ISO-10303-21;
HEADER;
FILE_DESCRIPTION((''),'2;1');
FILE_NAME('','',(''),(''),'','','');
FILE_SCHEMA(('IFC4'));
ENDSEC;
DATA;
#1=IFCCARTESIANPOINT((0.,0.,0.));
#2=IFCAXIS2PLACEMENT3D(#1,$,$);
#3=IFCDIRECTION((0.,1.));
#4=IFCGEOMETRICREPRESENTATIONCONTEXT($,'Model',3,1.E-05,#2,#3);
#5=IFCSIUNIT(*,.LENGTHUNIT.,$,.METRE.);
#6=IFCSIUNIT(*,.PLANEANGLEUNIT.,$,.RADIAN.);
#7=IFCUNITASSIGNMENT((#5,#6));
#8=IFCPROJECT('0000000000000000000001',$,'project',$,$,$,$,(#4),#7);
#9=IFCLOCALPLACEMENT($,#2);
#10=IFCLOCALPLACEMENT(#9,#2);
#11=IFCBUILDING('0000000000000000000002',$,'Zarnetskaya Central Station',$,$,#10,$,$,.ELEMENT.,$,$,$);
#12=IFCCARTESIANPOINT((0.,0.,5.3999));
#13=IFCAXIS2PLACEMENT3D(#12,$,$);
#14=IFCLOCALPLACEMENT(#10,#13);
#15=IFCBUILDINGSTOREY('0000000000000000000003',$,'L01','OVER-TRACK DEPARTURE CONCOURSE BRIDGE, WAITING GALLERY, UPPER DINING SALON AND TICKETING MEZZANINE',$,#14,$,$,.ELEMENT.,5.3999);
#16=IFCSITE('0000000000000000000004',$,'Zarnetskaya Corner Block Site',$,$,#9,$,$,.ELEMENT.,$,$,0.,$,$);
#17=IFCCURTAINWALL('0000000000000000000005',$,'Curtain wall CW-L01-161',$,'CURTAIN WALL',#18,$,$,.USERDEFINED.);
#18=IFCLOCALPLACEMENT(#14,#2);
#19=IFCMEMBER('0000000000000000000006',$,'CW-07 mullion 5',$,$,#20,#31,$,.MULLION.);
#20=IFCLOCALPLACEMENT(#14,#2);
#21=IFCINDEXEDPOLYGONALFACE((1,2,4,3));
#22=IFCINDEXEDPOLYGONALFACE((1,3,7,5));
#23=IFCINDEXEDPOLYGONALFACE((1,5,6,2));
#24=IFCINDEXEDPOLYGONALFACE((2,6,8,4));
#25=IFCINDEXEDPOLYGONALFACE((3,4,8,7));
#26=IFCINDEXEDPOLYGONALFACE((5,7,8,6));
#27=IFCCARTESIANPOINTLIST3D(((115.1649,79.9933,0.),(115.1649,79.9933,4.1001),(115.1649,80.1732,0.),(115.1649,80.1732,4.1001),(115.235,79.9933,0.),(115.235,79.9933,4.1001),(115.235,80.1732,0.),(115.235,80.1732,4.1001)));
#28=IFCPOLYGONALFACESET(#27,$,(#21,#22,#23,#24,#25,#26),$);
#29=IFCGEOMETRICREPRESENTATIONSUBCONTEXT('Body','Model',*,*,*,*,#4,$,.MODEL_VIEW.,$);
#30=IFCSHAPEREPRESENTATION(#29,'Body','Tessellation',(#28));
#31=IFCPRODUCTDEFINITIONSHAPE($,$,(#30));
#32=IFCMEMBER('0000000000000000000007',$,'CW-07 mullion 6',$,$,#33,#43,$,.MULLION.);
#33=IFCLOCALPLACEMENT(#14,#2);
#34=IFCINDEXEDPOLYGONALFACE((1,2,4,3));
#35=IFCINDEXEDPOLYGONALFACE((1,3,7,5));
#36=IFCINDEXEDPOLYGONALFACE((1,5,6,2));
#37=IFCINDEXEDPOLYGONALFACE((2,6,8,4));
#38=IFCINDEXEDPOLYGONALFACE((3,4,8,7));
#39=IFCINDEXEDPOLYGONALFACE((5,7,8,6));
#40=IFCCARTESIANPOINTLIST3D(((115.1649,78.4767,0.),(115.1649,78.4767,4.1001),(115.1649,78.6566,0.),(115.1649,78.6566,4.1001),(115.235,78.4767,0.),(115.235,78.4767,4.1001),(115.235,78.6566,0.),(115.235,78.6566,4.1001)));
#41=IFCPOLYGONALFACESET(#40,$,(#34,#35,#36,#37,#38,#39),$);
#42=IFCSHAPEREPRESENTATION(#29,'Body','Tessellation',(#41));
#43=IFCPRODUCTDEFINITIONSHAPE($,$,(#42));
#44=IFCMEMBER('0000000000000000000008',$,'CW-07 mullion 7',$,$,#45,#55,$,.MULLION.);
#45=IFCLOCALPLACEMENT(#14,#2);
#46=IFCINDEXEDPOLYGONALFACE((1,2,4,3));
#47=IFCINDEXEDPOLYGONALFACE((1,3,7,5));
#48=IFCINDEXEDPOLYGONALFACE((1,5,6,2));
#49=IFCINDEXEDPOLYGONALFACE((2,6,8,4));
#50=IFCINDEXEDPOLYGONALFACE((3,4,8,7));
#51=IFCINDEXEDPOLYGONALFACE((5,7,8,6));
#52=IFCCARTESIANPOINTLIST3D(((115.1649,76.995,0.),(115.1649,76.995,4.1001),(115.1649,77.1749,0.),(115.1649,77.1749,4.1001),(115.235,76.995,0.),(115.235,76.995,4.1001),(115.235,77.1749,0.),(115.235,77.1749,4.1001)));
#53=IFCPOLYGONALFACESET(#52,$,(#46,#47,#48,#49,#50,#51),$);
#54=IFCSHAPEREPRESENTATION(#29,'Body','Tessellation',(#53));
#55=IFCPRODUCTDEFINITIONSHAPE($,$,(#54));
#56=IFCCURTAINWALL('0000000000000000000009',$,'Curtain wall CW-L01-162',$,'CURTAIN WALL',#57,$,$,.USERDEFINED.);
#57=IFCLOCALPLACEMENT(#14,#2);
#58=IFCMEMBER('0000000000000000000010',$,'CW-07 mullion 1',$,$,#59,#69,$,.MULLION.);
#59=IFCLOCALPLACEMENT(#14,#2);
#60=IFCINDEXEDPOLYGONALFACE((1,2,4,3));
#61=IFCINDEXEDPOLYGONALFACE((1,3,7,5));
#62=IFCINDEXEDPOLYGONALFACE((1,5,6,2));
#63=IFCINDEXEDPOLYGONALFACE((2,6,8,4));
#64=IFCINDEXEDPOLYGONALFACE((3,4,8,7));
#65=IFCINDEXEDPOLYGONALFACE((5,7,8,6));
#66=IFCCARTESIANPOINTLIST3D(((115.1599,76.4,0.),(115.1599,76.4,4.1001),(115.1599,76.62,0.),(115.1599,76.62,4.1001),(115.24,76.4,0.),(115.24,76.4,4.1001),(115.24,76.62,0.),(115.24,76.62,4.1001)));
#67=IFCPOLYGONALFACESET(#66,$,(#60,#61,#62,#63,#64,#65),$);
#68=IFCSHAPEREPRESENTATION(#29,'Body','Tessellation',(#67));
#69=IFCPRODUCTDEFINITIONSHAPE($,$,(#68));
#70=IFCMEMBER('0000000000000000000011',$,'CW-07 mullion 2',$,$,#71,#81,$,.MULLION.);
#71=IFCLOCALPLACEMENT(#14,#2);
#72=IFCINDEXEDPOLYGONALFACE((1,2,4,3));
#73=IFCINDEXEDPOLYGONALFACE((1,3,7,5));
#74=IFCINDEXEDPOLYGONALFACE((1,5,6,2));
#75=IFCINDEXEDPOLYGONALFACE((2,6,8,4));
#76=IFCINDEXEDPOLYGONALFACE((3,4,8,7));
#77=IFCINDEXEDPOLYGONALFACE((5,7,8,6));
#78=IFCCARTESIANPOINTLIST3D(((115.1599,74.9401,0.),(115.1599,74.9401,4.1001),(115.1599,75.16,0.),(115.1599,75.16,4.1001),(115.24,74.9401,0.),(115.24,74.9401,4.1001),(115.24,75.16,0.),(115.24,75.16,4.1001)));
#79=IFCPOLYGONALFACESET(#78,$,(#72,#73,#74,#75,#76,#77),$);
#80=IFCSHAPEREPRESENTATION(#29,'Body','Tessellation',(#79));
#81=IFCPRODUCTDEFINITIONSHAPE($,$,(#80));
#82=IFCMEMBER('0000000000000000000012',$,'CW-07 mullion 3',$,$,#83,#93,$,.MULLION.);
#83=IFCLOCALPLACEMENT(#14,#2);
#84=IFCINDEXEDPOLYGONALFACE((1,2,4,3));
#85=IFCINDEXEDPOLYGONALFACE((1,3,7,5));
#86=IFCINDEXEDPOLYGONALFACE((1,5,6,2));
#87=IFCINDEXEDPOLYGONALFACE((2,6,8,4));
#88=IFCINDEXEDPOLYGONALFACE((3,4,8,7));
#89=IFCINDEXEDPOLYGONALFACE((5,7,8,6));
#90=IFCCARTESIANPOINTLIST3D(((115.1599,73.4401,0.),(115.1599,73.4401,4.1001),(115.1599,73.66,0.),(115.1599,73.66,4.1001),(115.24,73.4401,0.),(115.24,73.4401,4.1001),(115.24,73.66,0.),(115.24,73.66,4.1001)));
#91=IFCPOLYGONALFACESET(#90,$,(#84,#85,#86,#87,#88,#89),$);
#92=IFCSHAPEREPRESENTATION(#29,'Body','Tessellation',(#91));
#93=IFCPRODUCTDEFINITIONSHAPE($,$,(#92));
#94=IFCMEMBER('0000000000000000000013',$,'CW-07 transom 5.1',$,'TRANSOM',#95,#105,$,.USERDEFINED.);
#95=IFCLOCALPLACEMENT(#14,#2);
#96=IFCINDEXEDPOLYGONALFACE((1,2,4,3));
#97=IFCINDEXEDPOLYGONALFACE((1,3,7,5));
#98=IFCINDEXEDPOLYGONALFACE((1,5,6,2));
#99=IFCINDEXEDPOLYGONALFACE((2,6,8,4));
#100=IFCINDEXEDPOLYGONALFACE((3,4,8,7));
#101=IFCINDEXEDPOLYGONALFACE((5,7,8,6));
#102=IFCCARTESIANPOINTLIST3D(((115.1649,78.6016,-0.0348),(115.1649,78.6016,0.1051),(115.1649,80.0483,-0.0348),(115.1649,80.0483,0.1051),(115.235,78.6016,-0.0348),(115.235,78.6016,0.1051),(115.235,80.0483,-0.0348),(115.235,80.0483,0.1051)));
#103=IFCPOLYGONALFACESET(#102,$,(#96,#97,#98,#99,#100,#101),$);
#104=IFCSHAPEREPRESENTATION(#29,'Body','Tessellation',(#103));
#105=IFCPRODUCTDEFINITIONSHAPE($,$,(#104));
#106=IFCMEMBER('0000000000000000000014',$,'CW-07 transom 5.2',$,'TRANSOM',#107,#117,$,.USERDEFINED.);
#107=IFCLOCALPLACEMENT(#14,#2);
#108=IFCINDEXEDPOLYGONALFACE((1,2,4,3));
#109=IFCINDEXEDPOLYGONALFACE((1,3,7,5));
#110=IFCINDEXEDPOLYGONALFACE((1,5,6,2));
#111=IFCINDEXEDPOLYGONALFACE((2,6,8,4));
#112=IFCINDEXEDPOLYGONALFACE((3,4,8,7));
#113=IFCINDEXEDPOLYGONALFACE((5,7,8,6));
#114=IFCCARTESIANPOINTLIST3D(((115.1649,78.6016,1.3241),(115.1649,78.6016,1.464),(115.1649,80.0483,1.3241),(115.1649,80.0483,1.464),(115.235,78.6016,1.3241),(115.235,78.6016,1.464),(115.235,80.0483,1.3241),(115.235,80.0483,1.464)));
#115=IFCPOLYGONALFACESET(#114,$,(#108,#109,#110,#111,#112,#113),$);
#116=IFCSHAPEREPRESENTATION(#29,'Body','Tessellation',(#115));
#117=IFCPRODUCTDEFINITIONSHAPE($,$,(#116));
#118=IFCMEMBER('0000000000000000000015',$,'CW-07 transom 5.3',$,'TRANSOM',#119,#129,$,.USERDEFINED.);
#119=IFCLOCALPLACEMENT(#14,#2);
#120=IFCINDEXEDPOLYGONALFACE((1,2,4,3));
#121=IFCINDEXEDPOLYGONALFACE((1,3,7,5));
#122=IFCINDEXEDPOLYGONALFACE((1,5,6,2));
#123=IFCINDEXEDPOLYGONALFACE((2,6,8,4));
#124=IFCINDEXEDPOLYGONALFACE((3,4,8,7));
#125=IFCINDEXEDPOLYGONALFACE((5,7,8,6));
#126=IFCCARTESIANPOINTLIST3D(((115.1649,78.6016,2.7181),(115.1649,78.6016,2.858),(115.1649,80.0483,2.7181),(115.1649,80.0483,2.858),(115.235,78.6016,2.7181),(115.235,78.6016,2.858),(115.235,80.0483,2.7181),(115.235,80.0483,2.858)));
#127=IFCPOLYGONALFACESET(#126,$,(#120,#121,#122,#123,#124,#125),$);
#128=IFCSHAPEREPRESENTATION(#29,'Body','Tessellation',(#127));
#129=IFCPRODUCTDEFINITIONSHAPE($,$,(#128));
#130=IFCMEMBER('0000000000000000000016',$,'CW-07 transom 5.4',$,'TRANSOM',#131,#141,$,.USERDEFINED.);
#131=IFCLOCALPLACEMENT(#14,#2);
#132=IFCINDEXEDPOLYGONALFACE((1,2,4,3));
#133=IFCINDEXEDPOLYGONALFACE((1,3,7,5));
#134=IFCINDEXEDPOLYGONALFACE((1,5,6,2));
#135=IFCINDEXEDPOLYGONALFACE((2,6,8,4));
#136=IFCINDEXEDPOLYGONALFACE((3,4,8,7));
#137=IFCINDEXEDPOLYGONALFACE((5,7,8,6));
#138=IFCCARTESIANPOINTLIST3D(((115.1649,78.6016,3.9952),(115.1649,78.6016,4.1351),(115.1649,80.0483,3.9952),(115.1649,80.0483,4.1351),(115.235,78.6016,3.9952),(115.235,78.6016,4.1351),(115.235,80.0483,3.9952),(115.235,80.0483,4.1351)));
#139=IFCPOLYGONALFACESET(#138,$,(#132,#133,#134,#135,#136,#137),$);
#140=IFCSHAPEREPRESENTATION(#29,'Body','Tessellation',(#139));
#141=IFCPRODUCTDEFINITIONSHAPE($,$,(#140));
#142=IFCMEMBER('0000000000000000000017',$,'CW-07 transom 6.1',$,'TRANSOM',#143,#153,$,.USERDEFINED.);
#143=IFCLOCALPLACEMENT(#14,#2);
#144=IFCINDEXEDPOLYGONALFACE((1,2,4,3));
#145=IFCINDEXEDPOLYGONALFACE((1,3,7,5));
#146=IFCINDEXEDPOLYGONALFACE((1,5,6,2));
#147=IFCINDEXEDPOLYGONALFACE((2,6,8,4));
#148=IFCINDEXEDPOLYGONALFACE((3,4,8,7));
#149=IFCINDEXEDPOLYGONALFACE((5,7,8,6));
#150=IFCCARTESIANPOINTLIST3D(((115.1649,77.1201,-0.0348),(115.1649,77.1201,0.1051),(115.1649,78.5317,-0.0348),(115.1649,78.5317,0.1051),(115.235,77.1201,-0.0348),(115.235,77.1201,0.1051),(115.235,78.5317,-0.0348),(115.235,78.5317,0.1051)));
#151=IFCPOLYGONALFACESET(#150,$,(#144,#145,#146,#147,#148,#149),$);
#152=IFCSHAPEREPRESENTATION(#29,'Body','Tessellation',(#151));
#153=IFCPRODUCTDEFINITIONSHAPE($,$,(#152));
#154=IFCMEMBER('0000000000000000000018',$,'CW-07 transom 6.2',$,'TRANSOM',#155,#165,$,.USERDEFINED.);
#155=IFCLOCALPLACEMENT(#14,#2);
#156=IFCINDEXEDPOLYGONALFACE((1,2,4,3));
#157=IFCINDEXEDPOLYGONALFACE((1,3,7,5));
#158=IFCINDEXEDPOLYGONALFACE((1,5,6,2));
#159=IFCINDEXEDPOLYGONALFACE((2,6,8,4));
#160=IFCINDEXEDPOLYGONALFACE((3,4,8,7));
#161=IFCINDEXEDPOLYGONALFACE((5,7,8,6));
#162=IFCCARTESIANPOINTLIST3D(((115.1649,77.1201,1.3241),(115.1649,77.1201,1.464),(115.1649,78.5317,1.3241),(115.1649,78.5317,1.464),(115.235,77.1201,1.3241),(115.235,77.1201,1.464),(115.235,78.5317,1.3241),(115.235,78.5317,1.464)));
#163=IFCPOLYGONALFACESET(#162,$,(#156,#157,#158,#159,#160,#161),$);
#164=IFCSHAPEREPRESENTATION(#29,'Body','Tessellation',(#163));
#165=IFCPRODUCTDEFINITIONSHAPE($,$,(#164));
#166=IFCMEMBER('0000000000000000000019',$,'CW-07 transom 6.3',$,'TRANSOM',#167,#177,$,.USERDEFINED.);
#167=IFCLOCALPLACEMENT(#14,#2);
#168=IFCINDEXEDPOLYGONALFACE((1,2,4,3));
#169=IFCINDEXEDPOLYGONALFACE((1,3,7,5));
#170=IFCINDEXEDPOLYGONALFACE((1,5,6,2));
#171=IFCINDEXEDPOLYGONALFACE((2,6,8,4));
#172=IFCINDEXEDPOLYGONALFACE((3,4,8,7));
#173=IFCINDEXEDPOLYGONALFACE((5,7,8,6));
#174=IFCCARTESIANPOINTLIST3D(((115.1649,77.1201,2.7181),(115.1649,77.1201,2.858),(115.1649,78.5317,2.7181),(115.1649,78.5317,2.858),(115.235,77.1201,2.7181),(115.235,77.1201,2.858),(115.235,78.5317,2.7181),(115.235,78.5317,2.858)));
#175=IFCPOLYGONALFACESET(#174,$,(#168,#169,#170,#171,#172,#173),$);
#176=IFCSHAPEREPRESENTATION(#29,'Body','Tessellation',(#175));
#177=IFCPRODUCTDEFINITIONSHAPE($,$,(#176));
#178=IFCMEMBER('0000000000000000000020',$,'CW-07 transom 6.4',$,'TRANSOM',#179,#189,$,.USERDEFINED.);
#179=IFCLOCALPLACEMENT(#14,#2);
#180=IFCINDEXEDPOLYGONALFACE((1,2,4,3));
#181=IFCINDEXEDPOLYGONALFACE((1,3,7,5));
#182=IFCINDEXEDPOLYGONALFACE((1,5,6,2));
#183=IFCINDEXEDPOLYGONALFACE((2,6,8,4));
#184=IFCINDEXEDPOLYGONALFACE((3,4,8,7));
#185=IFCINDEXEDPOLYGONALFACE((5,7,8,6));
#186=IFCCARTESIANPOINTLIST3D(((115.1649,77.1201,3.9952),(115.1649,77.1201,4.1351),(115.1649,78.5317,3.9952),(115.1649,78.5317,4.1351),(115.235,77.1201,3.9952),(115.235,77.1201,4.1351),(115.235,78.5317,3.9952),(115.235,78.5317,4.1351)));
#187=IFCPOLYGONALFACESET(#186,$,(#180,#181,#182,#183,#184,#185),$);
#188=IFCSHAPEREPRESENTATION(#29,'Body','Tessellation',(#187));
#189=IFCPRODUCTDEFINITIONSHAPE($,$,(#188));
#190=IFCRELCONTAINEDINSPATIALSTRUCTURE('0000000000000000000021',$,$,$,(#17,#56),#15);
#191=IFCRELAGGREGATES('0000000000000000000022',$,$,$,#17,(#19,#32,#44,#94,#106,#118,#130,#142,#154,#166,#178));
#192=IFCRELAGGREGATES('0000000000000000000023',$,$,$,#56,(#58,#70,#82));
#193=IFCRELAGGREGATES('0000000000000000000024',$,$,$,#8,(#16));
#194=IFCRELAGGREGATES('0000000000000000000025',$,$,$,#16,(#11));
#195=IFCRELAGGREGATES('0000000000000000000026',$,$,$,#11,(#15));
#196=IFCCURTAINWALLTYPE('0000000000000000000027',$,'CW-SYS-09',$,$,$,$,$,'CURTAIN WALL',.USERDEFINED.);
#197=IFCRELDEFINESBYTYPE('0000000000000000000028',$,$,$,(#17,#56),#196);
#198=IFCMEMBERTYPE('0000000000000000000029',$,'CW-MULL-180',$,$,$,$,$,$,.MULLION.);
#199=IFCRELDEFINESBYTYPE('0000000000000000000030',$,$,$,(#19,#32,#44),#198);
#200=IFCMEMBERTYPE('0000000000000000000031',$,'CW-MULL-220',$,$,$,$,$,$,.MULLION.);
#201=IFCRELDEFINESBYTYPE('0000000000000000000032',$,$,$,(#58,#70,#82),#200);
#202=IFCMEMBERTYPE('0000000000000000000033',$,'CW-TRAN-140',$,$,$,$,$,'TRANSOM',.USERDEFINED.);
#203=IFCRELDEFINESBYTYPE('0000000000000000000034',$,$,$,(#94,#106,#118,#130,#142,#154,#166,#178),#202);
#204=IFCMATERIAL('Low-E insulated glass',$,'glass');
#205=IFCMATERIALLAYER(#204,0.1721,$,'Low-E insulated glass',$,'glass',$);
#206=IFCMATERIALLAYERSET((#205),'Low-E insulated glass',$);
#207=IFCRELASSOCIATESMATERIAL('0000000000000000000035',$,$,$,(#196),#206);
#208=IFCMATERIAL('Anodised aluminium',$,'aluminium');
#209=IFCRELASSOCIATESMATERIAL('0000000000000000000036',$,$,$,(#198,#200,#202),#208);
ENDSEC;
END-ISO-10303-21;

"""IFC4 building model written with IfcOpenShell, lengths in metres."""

from ifc_helpers import new_model, si_unit, direction, frame, origin, origin_2d, place, context, subcontext, project, spatial, rectangle, extrude, material, layer, layer_set, material_profile, profile_set, type_object, element, aggregate, save


model = new_model("IFC4")

# Units and contexts
model_context = context("Model", 3, precision=1e-05, world=origin(), true_north=direction((0.0, 1.0)))
body_context = subcontext(model_context, "Body", "Model", "MODEL_VIEW")
ifc_project = project(units=[si_unit("LENGTHUNIT", "METRE"), si_unit("PLANEANGLEUNIT", "RADIAN")], contexts=[model_context])

# Site, building, storey
site_placement = place(None, origin())
site = spatial("IfcSite", under=ifc_project, at=site_placement, Name="Zarnetskaya Corner Block Site", CompositionType="ELEMENT", RefElevation=0.0)
building_placement = place(site_placement, origin())
building = spatial("IfcBuilding", under=site, at=building_placement, Name="Zarnetskaya Central Station", CompositionType="ELEMENT")
storey_placement = place(building_placement, frame((0.0, 0.0, 5.3999)))
storey = spatial("IfcBuildingStorey", under=building, at=storey_placement, Name="L01", Description="OVER-TRACK DEPARTURE CONCOURSE BRIDGE, WAITING GALLERY, UPPER DINING SALON AND TICKETING MEZZANINE", CompositionType="ELEMENT", Elevation=5.3999)

# Curtain walls, members
ifc_material_1 = material(Name="Low-E insulated glass", Category="glass")
ifc_layer_1 = layer(ifc_material_1, 0.1721, Name="Low-E insulated glass", Category="glass")
ifc_layer_set_1 = layer_set([ifc_layer_1], Name="Low-E insulated glass")
curtain_wall_type = type_object("IfcCurtainWallType", Name="CW-SYS-09", ElementType="CURTAIN WALL", PredefinedType="USERDEFINED", material=ifc_layer_set_1)
curtain_wall_1_placement = place(storey_placement, origin())
curtain_wall_1 = element("IfcCurtainWall", 1, at=curtain_wall_1_placement, inside=storey, type_object=curtain_wall_type, Name="Curtain wall CW-L01-161", ObjectType="CURTAIN WALL", PredefinedType="USERDEFINED")
ifc_material_2 = material(Name="Anodised aluminium", Category="aluminium")
ifc_material_profile_1 = material_profile(ifc_material_2, rectangle(XDim=0.0701, YDim=0.1799, at=origin_2d()), Name="ALU MULL 70x180")
ifc_profile_set_1 = profile_set([ifc_material_profile_1], Name="Anodised aluminium")
member_type_1 = type_object("IfcMemberType", Name="CW-MULL-180", PredefinedType="MULLION", material=ifc_profile_set_1)
member_1_placement = place(storey_placement, frame((115.2, 80.0833, 0.0), z_axis=(0.0, 0.0, 1.0), x_axis=(1.0, 0.0, 0.0)))
member_1 = element("IfcMember", 2, at=member_1_placement, type_object=member_type_1, Name="CW-07 mullion 5", PredefinedType="MULLION", context=body_context, shape_type="SweptSolid", body=[
    extrude(rectangle(XDim=0.0701, YDim=0.1799, at=origin_2d()), origin(), (0.0, 0.0, 1.0), 4.1001),
])
member_2_placement = place(storey_placement, frame((115.2, 78.5667, 0.0), z_axis=(0.0, 0.0, 1.0), x_axis=(1.0, 0.0, 0.0)))
member_2 = element("IfcMember", 3, at=member_2_placement, type_object=member_type_1, Name="CW-07 mullion 6", PredefinedType="MULLION", context=body_context, shape_type="SweptSolid", body=[
    extrude(rectangle(XDim=0.0701, YDim=0.1799, at=origin_2d()), origin(), (0.0, 0.0, 1.0), 4.1001),
])
member_3_placement = place(storey_placement, frame((115.2, 77.085, 0.0), z_axis=(0.0, 0.0, 1.0), x_axis=(1.0, 0.0, 0.0)))
member_3 = element("IfcMember", 4, at=member_3_placement, type_object=member_type_1, Name="CW-07 mullion 7", PredefinedType="MULLION", context=body_context, shape_type="SweptSolid", body=[
    extrude(rectangle(XDim=0.0701, YDim=0.1799, at=origin_2d()), origin(), (0.0, 0.0, 1.0), 4.1001),
])
curtain_wall_2_placement = place(storey_placement, origin())
curtain_wall_2 = element("IfcCurtainWall", 5, at=curtain_wall_2_placement, inside=storey, type_object=curtain_wall_type, Name="Curtain wall CW-L01-162", ObjectType="CURTAIN WALL", PredefinedType="USERDEFINED")
ifc_material_profile_2 = material_profile(ifc_material_2, rectangle(XDim=0.0801, YDim=0.22, at=origin_2d()), Name="ALU MULL 80x220")
ifc_profile_set_2 = profile_set([ifc_material_profile_2], Name="Anodised aluminium")
member_type_2 = type_object("IfcMemberType", Name="CW-MULL-220", PredefinedType="MULLION", material=ifc_profile_set_2)
member_4_placement = place(storey_placement, frame((115.2, 76.51, 0.0), z_axis=(0.0, 0.0, 1.0), x_axis=(1.0, 0.0, 0.0)))
member_4 = element("IfcMember", 6, at=member_4_placement, type_object=member_type_2, Name="CW-07 mullion 1", PredefinedType="MULLION", context=body_context, shape_type="SweptSolid", body=[
    extrude(rectangle(XDim=0.0801, YDim=0.22, at=origin_2d()), origin(), (0.0, 0.0, 1.0), 4.1001),
])
member_5_placement = place(storey_placement, frame((115.2, 75.05, 0.0), z_axis=(0.0, 0.0, 1.0), x_axis=(1.0, 0.0, 0.0)))
member_5 = element("IfcMember", 7, at=member_5_placement, type_object=member_type_2, Name="CW-07 mullion 2", PredefinedType="MULLION", context=body_context, shape_type="SweptSolid", body=[
    extrude(rectangle(XDim=0.0801, YDim=0.22, at=origin_2d()), origin(), (0.0, 0.0, 1.0), 4.1001),
])
member_6_placement = place(storey_placement, frame((115.2, 73.55, 0.0), z_axis=(0.0, 0.0, 1.0), x_axis=(1.0, 0.0, 0.0)))
member_6 = element("IfcMember", 8, at=member_6_placement, type_object=member_type_2, Name="CW-07 mullion 3", PredefinedType="MULLION", context=body_context, shape_type="SweptSolid", body=[
    extrude(rectangle(XDim=0.0801, YDim=0.22, at=origin_2d()), origin(), (0.0, 0.0, 1.0), 4.1001),
])

# Members
ifc_material_profile_3 = material_profile(ifc_material_2, rectangle(XDim=0.0701, YDim=0.1399, at=origin_2d()), Name="ALU TRAN 70x140")
ifc_profile_set_3 = profile_set([ifc_material_profile_3], Name="Anodised aluminium")
member_type_3 = type_object("IfcMemberType", Name="CW-TRAN-140", ElementType="TRANSOM", PredefinedType="USERDEFINED", material=ifc_profile_set_3)
member_7_placement = place(storey_placement, frame((115.2, 80.0483, 0.0352), z_axis=(0.0, -1.0, 0.0), x_axis=(1.0, 0.0, 0.0)))
member_7 = element("IfcMember", 9, at=member_7_placement, type_object=member_type_3, Name="CW-07 transom 5.1", ObjectType="TRANSOM", PredefinedType="USERDEFINED", context=body_context, shape_type="SweptSolid", body=[
    extrude(rectangle(XDim=0.0701, YDim=0.1399, at=origin_2d()), origin(), (0.0, 0.0, 1.0), 1.4468),
])
member_8_placement = place(storey_placement, frame((115.2, 80.0483, 1.394), z_axis=(0.0, -1.0, 0.0), x_axis=(1.0, 0.0, 0.0)))
member_8 = element("IfcMember", 10, at=member_8_placement, type_object=member_type_3, Name="CW-07 transom 5.2", ObjectType="TRANSOM", PredefinedType="USERDEFINED", context=body_context, shape_type="SweptSolid", body=[
    extrude(rectangle(XDim=0.0701, YDim=0.1399, at=origin_2d()), origin(), (0.0, 0.0, 1.0), 1.4468),
])
member_9_placement = place(storey_placement, frame((115.2, 80.0483, 2.7881), z_axis=(0.0, -1.0, 0.0), x_axis=(1.0, 0.0, 0.0)))
member_9 = element("IfcMember", 11, at=member_9_placement, type_object=member_type_3, Name="CW-07 transom 5.3", ObjectType="TRANSOM", PredefinedType="USERDEFINED", context=body_context, shape_type="SweptSolid", body=[
    extrude(rectangle(XDim=0.0701, YDim=0.1399, at=origin_2d()), origin(), (0.0, 0.0, 1.0), 1.4468),
])
member_10_placement = place(storey_placement, frame((115.2, 80.0483, 4.0652), z_axis=(0.0, -1.0, 0.0), x_axis=(1.0, 0.0, 0.0)))
member_10 = element("IfcMember", 12, at=member_10_placement, type_object=member_type_3, Name="CW-07 transom 5.4", ObjectType="TRANSOM", PredefinedType="USERDEFINED", context=body_context, shape_type="SweptSolid", body=[
    extrude(rectangle(XDim=0.0701, YDim=0.1399, at=origin_2d()), origin(), (0.0, 0.0, 1.0), 1.4468),
])
member_11_placement = place(storey_placement, frame((115.2, 78.5317, 0.0352), z_axis=(0.0, -1.0, 0.0), x_axis=(1.0, 0.0, 0.0)))
member_11 = element("IfcMember", 13, at=member_11_placement, type_object=member_type_3, Name="CW-07 transom 6.1", ObjectType="TRANSOM", PredefinedType="USERDEFINED", context=body_context, shape_type="SweptSolid", body=[
    extrude(rectangle(XDim=0.0701, YDim=0.1399, at=origin_2d()), origin(), (0.0, 0.0, 1.0), 1.4116),
])
member_12_placement = place(storey_placement, frame((115.2, 78.5317, 1.394), z_axis=(0.0, -1.0, 0.0), x_axis=(1.0, 0.0, 0.0)))
member_12 = element("IfcMember", 14, at=member_12_placement, type_object=member_type_3, Name="CW-07 transom 6.2", ObjectType="TRANSOM", PredefinedType="USERDEFINED", context=body_context, shape_type="SweptSolid", body=[
    extrude(rectangle(XDim=0.0701, YDim=0.1399, at=origin_2d()), origin(), (0.0, 0.0, 1.0), 1.4116),
])
member_13_placement = place(storey_placement, frame((115.2, 78.5317, 2.7881), z_axis=(0.0, -1.0, 0.0), x_axis=(1.0, 0.0, 0.0)))
member_13 = element("IfcMember", 15, at=member_13_placement, type_object=member_type_3, Name="CW-07 transom 6.3", ObjectType="TRANSOM", PredefinedType="USERDEFINED", context=body_context, shape_type="SweptSolid", body=[
    extrude(rectangle(XDim=0.0701, YDim=0.1399, at=origin_2d()), origin(), (0.0, 0.0, 1.0), 1.4116),
])
member_14_placement = place(storey_placement, frame((115.2, 78.5317, 4.0652), z_axis=(0.0, -1.0, 0.0), x_axis=(1.0, 0.0, 0.0)))
member_14 = element("IfcMember", 16, at=member_14_placement, type_object=member_type_3, Name="CW-07 transom 6.4", ObjectType="TRANSOM", PredefinedType="USERDEFINED", context=body_context, shape_type="SweptSolid", body=[
    extrude(rectangle(XDim=0.0701, YDim=0.1399, at=origin_2d()), origin(), (0.0, 0.0, 1.0), 1.4116),
])

aggregate(curtain_wall_1, [member_1, member_2, member_3, member_7, member_8, member_9, member_10, member_11, member_12, member_13, member_14])
aggregate(curtain_wall_2, [member_4, member_5, member_6])

save(model, "model.ifc")
